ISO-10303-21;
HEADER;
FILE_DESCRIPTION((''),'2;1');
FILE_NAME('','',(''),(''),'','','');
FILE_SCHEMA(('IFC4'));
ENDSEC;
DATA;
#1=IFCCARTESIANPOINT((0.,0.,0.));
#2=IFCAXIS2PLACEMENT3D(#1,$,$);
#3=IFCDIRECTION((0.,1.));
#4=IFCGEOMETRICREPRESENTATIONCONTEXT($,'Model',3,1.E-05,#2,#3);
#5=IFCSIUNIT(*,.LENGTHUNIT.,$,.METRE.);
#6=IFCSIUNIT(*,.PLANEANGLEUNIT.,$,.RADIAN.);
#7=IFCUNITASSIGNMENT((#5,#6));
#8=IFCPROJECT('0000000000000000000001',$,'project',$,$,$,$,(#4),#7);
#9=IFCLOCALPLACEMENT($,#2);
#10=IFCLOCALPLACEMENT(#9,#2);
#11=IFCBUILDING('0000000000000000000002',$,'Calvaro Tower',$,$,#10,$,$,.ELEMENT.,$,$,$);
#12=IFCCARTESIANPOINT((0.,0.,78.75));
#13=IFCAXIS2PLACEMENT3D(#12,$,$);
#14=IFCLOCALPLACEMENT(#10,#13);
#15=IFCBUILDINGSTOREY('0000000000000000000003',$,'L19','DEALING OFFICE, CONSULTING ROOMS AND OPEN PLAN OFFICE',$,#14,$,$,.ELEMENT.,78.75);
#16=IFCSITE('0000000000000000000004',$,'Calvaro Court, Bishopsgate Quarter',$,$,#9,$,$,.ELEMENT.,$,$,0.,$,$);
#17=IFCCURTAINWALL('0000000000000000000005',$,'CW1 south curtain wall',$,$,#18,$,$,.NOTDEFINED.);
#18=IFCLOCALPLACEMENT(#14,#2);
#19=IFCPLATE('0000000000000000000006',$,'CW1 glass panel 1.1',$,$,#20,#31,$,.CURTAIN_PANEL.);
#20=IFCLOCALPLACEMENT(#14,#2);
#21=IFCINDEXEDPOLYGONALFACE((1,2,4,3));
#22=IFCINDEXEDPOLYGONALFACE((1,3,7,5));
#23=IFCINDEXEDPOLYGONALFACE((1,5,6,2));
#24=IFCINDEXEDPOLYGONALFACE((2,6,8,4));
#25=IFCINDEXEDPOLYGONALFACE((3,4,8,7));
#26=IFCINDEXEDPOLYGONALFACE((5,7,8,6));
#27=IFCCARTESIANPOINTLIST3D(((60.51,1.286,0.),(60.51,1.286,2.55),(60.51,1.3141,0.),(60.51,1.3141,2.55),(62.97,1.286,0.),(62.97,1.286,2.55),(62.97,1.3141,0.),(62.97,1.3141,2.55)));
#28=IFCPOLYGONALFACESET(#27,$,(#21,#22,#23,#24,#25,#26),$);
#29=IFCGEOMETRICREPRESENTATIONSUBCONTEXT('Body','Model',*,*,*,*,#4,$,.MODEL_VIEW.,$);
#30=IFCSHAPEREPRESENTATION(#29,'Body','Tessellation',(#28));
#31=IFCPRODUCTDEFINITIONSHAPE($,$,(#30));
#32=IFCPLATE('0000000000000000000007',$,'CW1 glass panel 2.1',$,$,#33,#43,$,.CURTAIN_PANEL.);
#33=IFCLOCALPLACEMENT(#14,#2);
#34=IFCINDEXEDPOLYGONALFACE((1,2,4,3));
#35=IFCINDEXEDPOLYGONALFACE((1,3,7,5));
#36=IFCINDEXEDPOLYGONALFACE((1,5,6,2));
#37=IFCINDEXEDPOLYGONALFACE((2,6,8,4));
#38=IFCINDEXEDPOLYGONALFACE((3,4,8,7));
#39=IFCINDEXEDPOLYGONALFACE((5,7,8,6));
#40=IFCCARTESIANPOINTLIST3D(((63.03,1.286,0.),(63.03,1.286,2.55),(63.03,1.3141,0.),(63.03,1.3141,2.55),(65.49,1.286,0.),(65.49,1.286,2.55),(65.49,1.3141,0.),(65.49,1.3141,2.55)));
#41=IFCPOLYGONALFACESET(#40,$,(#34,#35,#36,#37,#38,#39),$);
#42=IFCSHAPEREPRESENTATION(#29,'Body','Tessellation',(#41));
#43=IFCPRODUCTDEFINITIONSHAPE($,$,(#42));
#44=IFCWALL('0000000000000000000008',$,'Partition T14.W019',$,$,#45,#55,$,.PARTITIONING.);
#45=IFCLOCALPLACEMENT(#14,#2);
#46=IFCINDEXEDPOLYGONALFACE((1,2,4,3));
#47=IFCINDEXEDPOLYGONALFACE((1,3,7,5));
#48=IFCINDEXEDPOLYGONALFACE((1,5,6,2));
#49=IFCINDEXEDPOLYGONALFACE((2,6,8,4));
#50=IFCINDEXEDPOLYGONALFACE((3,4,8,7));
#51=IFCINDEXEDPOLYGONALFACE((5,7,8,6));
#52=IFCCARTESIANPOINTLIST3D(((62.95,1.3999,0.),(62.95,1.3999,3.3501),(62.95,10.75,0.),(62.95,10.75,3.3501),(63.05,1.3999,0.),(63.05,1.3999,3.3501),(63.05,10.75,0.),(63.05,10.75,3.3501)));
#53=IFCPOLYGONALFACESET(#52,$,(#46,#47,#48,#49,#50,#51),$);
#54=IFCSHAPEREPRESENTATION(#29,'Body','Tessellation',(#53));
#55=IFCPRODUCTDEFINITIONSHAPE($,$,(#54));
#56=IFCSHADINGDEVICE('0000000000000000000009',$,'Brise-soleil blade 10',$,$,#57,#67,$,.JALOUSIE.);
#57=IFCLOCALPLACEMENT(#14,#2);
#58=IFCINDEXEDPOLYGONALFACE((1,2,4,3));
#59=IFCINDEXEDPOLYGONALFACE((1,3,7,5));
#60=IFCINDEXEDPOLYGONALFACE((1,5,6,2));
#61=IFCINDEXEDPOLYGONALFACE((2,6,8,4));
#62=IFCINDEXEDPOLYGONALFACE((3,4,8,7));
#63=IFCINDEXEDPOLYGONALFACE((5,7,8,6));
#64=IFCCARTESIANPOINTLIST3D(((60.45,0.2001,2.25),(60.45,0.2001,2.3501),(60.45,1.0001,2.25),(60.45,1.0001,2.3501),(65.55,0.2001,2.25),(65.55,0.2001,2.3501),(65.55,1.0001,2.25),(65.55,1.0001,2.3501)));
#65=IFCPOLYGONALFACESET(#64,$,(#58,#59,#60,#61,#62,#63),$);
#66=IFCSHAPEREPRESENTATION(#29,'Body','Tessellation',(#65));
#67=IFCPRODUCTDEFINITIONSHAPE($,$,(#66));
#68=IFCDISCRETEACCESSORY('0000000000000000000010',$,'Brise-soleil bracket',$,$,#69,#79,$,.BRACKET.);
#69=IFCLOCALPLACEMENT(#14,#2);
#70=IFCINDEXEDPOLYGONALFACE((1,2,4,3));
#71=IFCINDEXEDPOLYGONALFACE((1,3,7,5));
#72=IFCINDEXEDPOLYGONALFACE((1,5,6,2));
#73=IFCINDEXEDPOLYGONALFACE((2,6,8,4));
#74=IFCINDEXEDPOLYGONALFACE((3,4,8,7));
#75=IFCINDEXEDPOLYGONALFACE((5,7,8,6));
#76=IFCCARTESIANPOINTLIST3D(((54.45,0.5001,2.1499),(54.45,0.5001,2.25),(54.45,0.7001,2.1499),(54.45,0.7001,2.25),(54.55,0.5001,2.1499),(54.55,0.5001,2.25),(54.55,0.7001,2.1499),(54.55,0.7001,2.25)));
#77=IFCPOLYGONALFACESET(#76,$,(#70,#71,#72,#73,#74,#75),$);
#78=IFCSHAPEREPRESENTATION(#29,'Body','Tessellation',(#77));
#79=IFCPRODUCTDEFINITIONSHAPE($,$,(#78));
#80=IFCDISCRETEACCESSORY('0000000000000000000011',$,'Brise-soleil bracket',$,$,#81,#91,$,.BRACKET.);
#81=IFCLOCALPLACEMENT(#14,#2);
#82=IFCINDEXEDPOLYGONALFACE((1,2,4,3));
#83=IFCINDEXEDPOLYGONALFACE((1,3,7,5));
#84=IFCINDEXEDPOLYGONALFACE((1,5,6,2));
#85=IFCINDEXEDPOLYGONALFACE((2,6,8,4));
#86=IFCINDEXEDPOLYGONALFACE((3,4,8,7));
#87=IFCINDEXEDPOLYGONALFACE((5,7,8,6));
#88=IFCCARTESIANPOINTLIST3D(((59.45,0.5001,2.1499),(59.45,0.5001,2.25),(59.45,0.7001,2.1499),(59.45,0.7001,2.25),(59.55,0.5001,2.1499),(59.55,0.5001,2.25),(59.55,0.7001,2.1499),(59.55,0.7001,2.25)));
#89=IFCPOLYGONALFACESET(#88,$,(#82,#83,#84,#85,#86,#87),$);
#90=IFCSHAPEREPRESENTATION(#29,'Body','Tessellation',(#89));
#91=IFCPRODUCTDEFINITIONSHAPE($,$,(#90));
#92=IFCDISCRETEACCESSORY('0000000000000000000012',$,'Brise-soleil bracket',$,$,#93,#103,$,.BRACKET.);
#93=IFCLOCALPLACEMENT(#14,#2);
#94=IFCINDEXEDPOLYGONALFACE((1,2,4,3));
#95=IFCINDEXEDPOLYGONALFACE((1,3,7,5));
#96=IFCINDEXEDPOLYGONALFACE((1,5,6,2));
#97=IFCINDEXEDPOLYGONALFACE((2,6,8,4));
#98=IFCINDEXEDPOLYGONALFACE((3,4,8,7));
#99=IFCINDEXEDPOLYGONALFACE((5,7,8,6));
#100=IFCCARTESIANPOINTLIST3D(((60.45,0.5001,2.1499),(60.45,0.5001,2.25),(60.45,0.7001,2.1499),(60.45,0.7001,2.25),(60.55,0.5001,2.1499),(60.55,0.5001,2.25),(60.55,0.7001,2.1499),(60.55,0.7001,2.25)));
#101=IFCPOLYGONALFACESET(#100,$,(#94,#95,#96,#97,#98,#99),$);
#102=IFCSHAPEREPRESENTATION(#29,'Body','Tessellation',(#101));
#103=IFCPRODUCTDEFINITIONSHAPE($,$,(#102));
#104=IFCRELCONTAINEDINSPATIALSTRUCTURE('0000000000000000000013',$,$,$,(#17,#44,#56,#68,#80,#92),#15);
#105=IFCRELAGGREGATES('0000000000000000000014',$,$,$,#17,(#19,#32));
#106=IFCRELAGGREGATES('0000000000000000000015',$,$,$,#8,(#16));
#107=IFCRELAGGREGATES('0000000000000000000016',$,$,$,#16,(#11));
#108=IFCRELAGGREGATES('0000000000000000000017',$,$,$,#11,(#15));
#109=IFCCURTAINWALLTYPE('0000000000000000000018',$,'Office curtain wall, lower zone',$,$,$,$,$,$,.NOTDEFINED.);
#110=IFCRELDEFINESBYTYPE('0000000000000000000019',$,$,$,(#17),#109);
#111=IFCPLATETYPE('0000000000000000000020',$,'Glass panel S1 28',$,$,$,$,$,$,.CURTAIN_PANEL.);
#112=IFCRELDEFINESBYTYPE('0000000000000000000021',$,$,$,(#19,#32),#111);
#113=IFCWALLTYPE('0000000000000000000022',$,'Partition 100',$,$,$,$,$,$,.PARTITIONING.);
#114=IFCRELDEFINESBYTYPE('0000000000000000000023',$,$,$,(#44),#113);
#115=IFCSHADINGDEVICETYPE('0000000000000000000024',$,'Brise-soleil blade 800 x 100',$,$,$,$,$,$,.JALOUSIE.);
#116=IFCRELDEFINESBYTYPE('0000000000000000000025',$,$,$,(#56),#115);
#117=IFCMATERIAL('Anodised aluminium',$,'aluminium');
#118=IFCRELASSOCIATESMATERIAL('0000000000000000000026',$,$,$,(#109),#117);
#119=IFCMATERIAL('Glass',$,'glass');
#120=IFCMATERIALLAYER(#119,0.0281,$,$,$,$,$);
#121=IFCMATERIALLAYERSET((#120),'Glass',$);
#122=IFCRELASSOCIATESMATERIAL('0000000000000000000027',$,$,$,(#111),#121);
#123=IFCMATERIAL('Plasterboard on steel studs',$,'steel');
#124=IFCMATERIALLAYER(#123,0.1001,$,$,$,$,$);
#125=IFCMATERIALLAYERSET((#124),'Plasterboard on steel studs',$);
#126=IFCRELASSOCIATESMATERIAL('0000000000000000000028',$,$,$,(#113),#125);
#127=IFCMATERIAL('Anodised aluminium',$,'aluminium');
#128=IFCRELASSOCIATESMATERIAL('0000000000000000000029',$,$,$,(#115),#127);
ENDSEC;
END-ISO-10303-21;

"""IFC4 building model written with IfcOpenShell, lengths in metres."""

from ifc_helpers import new_model, si_unit, direction, frame, frame_2d, origin, origin_2d, place, context, subcontext, project, spatial, rectangle, extrude, material, layer, layer_set, material_profile, profile_set, type_object, element, aggregate, save


model = new_model("IFC4")

# Units and contexts
model_context = context("Model", 3, precision=1e-05, world=origin(), true_north=direction((0.0, 1.0)))
body_context = subcontext(model_context, "Body", "Model", "MODEL_VIEW")
ifc_project = project(units=[si_unit("LENGTHUNIT", "METRE"), si_unit("PLANEANGLEUNIT", "RADIAN")], contexts=[model_context])

# Site, building, storey
site_placement = place(None, origin())
site = spatial("IfcSite", under=ifc_project, at=site_placement, Name="Calvaro Court, Bishopsgate Quarter", CompositionType="ELEMENT", RefElevation=0.0)
building_placement = place(site_placement, origin())
building = spatial("IfcBuilding", under=site, at=building_placement, Name="Calvaro Tower", CompositionType="ELEMENT")
storey_placement = place(building_placement, frame((0.0, 0.0, 78.75)))
storey = spatial("IfcBuildingStorey", under=building, at=storey_placement, Name="L19", Description="DEALING OFFICE, CONSULTING ROOMS AND OPEN PLAN OFFICE", CompositionType="ELEMENT", Elevation=78.75)

# Curtain wall
ifc_material_1 = material(Name="Anodised aluminium", Category="aluminium")
curtain_wall_type = type_object("IfcCurtainWallType", Name="Office curtain wall, lower zone", PredefinedType="NOTDEFINED", material=ifc_material_1)
curtain_wall_1_placement = place(storey_placement, origin())
curtain_wall_1 = element("IfcCurtainWall", 1, at=curtain_wall_1_placement, inside=storey, type_object=curtain_wall_type, Name="CW1 south curtain wall", PredefinedType="NOTDEFINED")

# Plates
ifc_material_2 = material(Name="Glass", Category="glass")
ifc_layer_1 = layer(ifc_material_2, 0.0281)
ifc_layer_set_1 = layer_set([ifc_layer_1], Name="Glass")
plate_type = type_object("IfcPlateType", Name="Glass panel S1 28", PredefinedType="CURTAIN_PANEL", material=ifc_layer_set_1)
plate_1_placement = place(storey_placement, frame((61.74, 1.3, 0.0), z_axis=(0.0, 0.0, 1.0), x_axis=(1.0, 0.0, 0.0)))
plate_1 = element("IfcPlate", 2, at=plate_1_placement, type_object=plate_type, Name="CW1 glass panel 1.1", PredefinedType="CURTAIN_PANEL", context=body_context, shape_type="SweptSolid", body=[
    extrude(rectangle(XDim=2.46, YDim=0.0281, at=origin_2d()), origin(), (0.0, 0.0, 1.0), 2.55),
])
plate_2_placement = place(storey_placement, frame((64.26, 1.3, 0.0), z_axis=(0.0, 0.0, 1.0), x_axis=(1.0, 0.0, 0.0)))
plate_2 = element("IfcPlate", 3, at=plate_2_placement, type_object=plate_type, Name="CW1 glass panel 2.1", PredefinedType="CURTAIN_PANEL", context=body_context, shape_type="SweptSolid", body=[
    extrude(rectangle(XDim=2.46, YDim=0.0281, at=origin_2d()), origin(), (0.0, 0.0, 1.0), 2.55),
])
aggregate(curtain_wall_1, [plate_1, plate_2])

# Wall
ifc_material_3 = material(Name="Plasterboard on steel studs", Category="steel")
ifc_layer_2 = layer(ifc_material_3, 0.1001)
ifc_layer_set_2 = layer_set([ifc_layer_2], Name="Plasterboard on steel studs")
wall_type = type_object("IfcWallType", Name="Partition 100", PredefinedType="PARTITIONING", material=ifc_layer_set_2)
wall_placement = place(storey_placement, frame((63.0, 1.3999, 0.0), z_axis=(0.0, 0.0, 1.0), x_axis=(0.0, 1.0, 0.0)))
element("IfcWall", 4, at=wall_placement, inside=storey, type_object=wall_type, Name="Partition T14.W019", PredefinedType="PARTITIONING", context=body_context, shape_type="SweptSolid", body=[
    extrude(rectangle(XDim=9.3501, YDim=0.1001, at=frame_2d((4.675, 0.0))), origin(), (0.0, 0.0, 1.0), 3.3501),
])

# Shading device
ifc_material_4 = material(Name="Anodised aluminium", Category="aluminium")
ifc_material_profile_1 = material_profile(ifc_material_4, rectangle(XDim=0.8, YDim=0.1001, at=origin_2d()), Name="Brise-soleil blade 800 x 100")
ifc_profile_set_1 = profile_set([ifc_material_profile_1], Name="Anodised aluminium")
shading_device_type = type_object("IfcShadingDeviceType", Name="Brise-soleil blade 800 x 100", PredefinedType="JALOUSIE", material=ifc_profile_set_1)
shading_device_placement = place(storey_placement, frame((60.45, 0.6001, 2.3), z_axis=(1.0, 0.0, 0.0), x_axis=(0.0, 1.0, 0.0)))
element("IfcShadingDevice", 5, at=shading_device_placement, inside=storey, type_object=shading_device_type, Name="Brise-soleil blade 10", PredefinedType="JALOUSIE", context=body_context, shape_type="SweptSolid", body=[
    extrude(rectangle(XDim=0.8, YDim=0.1001, at=origin_2d()), origin(), (0.0, 0.0, 1.0), 5.1001),
])

# Discrete accessories
for number, where, z_axis, x_axis, name in (
    (6, (54.5, 0.6001, 2.1499), (0.0, 0.0, 1.0), (1.0, 0.0, 0.0), "Brise-soleil bracket"),
    (7, (59.5, 0.6001, 2.1499), (0.0, 0.0, 1.0), (1.0, 0.0, 0.0), "Brise-soleil bracket"),
    (8, (60.5, 0.6001, 2.1499), (0.0, 0.0, 1.0), (1.0, 0.0, 0.0), "Brise-soleil bracket"),
):
    element("IfcDiscreteAccessory", number, at=place(storey_placement, frame(where, z_axis=z_axis, x_axis=x_axis)), inside=storey, Name=name, PredefinedType="BRACKET", context=body_context, shape_type="SweptSolid", body=[
        extrude(rectangle(XDim=0.1001, YDim=0.2, at=origin_2d()), origin(), (0.0, 0.0, 1.0), 0.1001),
    ])

save(model, "model.ifc")
